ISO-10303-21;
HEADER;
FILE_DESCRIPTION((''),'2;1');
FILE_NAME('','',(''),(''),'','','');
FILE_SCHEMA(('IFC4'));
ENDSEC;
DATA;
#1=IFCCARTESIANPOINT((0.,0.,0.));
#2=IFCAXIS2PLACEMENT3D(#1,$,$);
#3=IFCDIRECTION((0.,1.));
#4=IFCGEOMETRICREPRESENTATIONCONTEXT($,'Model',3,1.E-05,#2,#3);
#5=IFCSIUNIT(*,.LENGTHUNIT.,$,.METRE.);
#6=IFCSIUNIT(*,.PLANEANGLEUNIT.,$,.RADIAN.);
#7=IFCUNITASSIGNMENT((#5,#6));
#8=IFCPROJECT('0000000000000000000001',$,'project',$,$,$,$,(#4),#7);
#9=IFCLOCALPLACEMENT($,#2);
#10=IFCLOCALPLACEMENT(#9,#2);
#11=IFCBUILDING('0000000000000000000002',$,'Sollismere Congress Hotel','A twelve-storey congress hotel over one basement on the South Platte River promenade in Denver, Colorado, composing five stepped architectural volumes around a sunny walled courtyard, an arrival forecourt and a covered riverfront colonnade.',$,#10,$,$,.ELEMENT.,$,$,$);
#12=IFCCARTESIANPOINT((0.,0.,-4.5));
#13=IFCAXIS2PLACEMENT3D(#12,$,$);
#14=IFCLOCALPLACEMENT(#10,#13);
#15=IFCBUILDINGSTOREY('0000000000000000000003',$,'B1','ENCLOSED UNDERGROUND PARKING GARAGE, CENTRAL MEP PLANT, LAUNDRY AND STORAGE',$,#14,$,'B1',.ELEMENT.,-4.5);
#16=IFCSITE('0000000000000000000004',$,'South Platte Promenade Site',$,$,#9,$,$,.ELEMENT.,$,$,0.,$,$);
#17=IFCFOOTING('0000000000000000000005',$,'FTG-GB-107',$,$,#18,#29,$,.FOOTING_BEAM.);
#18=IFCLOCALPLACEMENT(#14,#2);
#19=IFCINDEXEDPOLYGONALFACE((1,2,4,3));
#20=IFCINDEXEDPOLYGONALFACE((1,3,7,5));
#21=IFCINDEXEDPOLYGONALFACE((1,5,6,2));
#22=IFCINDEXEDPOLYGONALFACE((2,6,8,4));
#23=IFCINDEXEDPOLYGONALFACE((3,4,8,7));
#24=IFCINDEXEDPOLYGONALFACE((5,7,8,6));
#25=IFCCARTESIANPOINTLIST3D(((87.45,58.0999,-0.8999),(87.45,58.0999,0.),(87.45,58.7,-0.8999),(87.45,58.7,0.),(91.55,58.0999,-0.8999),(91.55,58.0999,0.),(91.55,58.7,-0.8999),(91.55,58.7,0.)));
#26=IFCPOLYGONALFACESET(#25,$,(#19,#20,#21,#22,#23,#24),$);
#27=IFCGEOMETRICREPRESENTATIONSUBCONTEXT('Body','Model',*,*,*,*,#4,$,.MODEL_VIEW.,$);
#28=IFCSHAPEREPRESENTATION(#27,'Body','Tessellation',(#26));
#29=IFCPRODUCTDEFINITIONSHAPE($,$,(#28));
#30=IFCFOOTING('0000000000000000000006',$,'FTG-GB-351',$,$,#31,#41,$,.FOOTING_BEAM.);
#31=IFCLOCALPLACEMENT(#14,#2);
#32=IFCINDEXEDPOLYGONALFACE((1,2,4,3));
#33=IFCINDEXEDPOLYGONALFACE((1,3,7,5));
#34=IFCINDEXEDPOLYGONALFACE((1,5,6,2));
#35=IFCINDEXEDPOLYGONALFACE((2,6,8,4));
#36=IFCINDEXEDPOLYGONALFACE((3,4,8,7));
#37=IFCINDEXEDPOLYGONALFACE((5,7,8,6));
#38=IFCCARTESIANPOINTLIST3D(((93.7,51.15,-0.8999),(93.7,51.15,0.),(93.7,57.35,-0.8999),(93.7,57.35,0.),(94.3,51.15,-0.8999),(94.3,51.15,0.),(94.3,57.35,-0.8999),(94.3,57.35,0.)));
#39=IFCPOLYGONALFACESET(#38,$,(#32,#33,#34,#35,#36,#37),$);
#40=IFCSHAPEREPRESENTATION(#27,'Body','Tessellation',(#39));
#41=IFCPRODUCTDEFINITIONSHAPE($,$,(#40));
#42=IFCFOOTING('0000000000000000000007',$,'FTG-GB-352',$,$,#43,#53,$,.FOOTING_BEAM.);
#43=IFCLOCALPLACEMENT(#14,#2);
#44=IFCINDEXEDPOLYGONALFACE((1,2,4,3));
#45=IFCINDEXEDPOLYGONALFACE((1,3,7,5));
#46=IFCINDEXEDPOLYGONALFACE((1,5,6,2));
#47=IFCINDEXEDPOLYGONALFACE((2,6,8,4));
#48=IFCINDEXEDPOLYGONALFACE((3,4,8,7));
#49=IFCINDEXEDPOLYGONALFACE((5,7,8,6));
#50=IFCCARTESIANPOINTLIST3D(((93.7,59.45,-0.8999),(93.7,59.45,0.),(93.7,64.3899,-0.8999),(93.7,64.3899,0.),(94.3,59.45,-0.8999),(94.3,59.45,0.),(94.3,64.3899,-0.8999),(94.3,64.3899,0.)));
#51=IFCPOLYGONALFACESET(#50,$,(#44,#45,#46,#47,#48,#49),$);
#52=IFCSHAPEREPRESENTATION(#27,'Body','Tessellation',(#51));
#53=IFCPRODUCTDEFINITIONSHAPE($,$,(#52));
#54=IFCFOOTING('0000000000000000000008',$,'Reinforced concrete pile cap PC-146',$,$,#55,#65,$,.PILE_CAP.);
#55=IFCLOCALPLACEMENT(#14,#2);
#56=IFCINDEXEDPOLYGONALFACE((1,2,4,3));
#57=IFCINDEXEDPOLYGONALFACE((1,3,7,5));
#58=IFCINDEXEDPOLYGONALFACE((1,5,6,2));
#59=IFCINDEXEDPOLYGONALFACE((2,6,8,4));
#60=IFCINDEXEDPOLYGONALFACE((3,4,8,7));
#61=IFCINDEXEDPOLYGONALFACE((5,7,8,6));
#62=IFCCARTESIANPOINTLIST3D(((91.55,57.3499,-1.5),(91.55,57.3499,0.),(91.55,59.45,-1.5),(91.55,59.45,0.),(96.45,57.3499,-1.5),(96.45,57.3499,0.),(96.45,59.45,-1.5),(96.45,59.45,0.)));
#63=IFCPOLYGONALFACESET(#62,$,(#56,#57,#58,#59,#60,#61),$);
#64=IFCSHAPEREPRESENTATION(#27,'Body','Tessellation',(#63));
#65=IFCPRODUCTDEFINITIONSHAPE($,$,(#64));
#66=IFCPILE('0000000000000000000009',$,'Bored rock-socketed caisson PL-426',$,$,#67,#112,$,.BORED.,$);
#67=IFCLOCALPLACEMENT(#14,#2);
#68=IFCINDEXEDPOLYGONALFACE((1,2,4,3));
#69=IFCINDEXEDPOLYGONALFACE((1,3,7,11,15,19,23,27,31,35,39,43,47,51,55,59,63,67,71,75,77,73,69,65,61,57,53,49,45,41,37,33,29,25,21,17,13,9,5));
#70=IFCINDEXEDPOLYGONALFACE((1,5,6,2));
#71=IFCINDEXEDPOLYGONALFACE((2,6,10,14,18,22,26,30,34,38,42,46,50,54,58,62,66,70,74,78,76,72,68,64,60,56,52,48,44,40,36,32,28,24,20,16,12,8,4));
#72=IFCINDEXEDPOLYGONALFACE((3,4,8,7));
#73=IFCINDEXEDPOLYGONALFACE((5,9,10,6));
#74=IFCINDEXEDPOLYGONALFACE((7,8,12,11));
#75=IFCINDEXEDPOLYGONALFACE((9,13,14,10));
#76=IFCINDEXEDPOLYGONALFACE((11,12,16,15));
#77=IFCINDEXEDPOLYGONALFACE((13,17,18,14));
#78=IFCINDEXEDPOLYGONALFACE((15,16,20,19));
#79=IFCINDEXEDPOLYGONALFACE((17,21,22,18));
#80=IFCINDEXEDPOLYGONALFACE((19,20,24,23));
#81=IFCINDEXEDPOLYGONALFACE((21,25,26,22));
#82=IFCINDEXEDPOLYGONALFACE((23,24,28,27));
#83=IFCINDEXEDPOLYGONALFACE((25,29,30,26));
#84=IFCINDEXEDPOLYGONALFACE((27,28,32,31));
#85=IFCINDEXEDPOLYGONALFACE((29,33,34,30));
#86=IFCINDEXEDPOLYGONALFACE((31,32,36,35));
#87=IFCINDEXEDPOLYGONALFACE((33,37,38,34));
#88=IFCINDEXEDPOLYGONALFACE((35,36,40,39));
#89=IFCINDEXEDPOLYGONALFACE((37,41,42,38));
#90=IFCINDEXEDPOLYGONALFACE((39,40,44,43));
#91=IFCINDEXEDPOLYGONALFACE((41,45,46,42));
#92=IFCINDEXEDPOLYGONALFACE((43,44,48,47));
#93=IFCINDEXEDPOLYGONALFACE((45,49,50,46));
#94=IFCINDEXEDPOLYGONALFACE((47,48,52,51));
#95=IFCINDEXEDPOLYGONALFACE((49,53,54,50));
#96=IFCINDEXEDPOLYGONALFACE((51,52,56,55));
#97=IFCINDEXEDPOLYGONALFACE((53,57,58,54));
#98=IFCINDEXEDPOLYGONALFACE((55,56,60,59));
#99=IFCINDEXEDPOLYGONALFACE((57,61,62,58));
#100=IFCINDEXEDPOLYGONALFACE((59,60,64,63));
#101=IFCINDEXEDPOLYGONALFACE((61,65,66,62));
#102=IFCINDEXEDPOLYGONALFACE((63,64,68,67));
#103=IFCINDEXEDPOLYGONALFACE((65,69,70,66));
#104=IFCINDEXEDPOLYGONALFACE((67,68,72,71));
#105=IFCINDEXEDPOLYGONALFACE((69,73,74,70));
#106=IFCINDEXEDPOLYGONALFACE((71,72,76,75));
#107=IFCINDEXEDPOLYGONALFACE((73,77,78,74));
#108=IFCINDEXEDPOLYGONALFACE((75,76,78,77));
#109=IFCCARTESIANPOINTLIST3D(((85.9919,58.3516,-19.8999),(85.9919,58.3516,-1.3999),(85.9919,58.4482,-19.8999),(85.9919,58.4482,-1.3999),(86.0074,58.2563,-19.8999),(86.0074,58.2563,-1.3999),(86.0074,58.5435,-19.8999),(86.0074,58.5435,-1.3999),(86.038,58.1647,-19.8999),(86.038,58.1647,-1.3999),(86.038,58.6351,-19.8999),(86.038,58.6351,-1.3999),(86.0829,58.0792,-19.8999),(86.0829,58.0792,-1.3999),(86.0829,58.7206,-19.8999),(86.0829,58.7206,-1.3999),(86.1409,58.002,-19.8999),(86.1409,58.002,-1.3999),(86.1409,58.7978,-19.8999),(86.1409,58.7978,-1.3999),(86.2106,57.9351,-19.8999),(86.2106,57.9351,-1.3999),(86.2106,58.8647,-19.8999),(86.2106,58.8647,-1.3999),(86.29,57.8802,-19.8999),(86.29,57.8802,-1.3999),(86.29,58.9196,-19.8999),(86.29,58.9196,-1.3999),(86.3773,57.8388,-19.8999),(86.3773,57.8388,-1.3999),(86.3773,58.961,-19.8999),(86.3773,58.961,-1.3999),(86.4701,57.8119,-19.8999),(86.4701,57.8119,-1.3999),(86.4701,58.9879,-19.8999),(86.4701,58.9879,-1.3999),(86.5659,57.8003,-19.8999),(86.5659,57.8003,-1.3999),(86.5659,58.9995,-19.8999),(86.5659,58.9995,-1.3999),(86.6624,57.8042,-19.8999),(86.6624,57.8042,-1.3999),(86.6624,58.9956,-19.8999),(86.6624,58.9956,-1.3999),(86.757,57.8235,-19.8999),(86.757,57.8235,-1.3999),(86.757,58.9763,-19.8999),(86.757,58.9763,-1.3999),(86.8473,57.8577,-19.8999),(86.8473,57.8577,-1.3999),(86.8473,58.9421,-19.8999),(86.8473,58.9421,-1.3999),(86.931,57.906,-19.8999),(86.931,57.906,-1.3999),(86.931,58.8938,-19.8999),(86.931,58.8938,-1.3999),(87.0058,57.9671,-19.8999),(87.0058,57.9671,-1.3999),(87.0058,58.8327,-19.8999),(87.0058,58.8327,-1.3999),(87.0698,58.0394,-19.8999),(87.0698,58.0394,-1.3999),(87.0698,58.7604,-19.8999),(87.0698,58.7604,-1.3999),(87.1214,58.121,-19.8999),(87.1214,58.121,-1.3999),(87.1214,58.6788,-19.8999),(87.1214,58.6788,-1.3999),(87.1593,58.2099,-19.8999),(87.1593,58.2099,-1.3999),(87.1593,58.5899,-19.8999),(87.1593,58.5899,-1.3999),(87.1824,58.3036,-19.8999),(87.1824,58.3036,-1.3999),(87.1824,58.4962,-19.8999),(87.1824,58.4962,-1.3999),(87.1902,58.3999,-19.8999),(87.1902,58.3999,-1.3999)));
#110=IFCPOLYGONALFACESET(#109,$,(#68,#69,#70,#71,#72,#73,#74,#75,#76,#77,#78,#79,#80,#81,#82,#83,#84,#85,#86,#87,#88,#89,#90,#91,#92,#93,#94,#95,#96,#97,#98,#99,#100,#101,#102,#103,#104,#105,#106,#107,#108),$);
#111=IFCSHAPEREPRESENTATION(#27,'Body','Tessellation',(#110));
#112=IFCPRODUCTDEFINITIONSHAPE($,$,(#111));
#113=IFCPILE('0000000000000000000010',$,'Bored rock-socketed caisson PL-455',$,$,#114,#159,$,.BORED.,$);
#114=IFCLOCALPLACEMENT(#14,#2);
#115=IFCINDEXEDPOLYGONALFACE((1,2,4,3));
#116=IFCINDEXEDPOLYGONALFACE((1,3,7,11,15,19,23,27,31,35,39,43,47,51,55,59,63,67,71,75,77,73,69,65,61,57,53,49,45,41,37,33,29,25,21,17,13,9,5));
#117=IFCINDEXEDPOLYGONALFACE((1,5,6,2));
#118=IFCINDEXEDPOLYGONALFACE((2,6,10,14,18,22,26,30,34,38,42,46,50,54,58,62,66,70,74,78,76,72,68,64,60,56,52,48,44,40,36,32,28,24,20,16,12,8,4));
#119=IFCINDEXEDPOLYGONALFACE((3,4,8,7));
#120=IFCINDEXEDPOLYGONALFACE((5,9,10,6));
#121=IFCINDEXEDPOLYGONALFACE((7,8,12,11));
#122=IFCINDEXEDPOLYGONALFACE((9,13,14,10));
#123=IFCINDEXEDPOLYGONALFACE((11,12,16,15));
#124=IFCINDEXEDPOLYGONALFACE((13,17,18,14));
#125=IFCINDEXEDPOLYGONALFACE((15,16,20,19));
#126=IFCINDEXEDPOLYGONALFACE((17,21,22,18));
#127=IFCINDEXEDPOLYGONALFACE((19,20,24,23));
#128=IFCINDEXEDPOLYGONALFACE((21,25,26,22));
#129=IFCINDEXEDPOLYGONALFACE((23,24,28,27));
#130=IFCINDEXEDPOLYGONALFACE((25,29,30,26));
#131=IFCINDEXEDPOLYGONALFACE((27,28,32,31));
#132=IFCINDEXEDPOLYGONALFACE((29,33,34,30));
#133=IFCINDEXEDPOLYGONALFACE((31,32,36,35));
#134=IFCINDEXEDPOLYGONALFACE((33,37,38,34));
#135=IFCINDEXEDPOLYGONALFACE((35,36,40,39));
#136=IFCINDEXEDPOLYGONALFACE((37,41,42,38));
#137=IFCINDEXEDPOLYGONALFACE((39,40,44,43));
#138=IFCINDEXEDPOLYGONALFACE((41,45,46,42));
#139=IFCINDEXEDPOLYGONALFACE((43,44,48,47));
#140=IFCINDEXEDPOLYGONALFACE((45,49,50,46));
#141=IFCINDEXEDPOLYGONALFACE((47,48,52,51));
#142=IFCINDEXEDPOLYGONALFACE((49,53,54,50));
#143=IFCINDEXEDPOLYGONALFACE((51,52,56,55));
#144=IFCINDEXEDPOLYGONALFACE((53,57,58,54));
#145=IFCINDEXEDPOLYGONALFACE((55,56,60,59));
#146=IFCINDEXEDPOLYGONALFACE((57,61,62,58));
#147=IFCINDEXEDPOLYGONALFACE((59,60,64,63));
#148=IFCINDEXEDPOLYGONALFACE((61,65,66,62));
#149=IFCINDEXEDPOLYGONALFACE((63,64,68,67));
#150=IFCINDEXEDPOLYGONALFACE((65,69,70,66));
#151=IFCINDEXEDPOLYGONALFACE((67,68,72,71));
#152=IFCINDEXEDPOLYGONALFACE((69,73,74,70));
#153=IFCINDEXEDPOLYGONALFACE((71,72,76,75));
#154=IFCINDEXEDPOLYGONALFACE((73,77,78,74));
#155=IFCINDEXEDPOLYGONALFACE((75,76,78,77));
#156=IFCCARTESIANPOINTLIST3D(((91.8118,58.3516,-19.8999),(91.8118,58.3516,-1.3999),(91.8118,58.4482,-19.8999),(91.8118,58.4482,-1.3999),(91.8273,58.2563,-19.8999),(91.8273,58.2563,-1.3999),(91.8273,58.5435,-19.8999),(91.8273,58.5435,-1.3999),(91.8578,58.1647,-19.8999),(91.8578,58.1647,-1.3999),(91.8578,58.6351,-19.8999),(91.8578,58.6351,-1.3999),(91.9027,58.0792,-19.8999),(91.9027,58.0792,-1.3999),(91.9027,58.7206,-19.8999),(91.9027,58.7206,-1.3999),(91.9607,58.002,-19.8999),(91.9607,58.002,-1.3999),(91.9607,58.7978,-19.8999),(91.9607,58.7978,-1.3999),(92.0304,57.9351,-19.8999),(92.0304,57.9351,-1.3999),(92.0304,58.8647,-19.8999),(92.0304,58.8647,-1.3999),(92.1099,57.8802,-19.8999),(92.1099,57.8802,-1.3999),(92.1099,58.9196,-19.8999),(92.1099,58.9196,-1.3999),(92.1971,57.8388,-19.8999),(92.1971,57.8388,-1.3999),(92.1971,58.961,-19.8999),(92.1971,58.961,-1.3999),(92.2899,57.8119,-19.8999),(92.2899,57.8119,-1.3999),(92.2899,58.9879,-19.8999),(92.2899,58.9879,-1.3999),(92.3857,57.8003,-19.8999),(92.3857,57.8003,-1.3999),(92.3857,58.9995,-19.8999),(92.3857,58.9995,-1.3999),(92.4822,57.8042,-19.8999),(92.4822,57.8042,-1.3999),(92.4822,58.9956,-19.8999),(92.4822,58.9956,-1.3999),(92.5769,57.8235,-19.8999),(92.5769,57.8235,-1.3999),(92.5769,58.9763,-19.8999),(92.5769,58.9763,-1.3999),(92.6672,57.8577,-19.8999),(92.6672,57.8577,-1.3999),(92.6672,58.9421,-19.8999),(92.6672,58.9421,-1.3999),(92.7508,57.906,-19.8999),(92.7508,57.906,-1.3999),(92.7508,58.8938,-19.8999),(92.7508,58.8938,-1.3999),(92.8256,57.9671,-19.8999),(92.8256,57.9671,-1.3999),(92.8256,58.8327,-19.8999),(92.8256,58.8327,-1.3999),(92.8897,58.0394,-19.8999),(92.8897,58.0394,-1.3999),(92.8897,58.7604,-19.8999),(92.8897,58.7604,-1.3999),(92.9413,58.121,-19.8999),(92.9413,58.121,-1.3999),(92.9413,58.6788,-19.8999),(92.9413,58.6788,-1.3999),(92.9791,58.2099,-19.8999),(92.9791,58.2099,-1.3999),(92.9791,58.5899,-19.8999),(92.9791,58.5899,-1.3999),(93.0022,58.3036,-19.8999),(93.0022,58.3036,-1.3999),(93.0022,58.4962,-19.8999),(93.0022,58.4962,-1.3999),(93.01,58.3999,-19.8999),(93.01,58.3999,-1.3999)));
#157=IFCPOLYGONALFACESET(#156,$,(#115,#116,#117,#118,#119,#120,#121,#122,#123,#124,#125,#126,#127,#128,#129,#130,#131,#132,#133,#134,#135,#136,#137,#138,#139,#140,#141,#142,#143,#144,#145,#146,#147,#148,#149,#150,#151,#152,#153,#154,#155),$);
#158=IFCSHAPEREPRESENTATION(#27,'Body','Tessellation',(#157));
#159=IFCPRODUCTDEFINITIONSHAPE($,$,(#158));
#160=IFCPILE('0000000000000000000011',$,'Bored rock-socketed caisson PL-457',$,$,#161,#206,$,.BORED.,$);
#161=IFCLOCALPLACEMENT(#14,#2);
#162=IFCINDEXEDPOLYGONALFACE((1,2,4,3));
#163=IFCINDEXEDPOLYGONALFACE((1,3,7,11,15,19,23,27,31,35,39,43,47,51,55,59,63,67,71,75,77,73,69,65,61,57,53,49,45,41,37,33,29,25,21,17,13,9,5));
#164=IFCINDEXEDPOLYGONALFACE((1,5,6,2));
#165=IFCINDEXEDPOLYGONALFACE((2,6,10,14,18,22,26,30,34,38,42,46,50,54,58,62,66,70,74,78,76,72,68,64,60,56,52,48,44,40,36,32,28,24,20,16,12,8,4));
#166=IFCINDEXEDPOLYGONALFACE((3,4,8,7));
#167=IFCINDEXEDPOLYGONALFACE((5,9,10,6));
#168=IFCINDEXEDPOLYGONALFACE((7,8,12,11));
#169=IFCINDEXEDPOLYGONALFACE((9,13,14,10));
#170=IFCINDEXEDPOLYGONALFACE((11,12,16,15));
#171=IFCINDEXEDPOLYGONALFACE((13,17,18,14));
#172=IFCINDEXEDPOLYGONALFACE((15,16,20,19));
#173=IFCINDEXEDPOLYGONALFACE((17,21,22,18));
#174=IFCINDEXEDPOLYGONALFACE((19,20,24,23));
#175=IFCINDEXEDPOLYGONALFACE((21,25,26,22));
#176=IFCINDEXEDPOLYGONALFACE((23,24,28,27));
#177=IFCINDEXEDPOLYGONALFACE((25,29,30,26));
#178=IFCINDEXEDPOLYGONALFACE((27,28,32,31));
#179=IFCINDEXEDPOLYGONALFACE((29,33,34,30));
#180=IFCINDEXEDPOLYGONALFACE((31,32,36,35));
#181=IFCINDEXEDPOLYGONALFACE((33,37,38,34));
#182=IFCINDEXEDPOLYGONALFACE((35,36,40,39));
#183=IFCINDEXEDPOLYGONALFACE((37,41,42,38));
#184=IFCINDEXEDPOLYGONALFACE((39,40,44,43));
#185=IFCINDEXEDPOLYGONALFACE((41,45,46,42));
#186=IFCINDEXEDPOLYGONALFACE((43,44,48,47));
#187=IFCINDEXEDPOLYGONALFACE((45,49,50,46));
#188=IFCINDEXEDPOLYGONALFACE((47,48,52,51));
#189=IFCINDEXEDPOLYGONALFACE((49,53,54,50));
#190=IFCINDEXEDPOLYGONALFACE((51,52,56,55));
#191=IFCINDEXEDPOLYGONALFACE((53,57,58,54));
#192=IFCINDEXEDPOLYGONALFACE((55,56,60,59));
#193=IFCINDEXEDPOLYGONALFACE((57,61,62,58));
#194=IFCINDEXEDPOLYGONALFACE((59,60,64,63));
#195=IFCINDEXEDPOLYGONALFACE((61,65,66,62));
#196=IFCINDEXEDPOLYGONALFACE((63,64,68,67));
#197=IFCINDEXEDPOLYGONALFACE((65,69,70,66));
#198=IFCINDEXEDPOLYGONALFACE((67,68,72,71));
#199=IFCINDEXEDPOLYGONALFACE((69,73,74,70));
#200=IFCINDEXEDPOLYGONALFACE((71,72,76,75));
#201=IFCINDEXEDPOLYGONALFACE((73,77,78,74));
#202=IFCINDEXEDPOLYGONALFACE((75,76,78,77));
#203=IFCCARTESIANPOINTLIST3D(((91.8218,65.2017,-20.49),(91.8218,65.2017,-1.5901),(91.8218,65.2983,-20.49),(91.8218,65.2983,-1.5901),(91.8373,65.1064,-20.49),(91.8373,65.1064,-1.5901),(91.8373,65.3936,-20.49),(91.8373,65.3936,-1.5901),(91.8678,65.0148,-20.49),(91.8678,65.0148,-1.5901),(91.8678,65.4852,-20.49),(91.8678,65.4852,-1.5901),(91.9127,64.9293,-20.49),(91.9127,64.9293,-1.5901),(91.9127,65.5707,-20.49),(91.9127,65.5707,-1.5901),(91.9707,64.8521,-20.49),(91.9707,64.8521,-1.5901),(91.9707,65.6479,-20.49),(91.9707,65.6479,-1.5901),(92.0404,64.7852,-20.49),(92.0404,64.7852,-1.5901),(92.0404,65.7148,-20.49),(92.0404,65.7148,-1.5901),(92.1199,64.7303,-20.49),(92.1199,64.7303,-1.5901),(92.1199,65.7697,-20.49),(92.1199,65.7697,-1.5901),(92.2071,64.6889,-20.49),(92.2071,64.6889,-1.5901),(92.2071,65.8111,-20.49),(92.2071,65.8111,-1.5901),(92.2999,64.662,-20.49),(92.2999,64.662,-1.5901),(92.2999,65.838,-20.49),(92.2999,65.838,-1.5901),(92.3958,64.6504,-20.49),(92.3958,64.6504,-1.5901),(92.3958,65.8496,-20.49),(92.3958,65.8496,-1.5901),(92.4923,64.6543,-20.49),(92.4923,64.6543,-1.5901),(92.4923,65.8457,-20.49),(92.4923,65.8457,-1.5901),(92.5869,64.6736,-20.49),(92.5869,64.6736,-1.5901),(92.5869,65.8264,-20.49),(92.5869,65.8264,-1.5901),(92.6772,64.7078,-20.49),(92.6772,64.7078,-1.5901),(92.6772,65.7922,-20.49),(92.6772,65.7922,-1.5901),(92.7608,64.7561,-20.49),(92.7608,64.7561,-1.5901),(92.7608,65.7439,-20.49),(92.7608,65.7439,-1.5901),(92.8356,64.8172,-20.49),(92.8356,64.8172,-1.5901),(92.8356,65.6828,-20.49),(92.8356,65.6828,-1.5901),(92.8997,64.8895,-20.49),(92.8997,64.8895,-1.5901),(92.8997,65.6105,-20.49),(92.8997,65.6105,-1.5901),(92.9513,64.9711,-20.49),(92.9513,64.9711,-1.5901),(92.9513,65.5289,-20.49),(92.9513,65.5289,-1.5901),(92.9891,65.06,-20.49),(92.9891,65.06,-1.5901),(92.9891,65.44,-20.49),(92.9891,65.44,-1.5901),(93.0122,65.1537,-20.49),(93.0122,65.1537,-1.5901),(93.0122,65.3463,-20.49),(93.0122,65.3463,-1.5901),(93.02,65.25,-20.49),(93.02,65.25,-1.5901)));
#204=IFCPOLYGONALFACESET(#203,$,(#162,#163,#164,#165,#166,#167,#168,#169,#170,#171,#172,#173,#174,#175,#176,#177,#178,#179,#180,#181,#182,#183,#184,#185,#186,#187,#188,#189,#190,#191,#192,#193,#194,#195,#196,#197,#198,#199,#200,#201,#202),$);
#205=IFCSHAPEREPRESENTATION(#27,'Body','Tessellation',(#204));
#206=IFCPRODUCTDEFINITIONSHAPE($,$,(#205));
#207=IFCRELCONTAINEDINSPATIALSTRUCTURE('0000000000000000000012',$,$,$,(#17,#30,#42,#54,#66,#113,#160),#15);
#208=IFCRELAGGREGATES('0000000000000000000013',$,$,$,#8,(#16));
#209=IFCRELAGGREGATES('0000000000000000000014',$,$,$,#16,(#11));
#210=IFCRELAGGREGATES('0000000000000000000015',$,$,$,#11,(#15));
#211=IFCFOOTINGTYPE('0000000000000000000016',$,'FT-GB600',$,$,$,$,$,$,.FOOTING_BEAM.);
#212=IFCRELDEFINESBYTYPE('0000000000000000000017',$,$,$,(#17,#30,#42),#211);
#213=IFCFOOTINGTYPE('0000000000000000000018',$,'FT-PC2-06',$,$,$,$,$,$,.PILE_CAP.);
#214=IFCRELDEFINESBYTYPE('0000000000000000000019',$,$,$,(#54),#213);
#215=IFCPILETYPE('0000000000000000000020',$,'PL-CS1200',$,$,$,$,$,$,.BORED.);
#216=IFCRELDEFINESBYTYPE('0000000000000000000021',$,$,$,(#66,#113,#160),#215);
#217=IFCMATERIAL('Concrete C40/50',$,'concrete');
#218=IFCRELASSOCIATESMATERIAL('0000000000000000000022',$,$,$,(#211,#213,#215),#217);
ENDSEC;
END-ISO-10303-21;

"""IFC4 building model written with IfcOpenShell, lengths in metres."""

from ifc_helpers import new_model, si_unit, direction, frame, origin, origin_2d, place, context, subcontext, project, spatial, rectangle, circle, extrude, material, material_profile, profile_set, type_object, element, save


model = new_model("IFC4")

# Units and contexts
model_context = context("Model", 3, precision=1e-05, world=origin(), true_north=direction((0.0, 1.0)))
body_context = subcontext(model_context, "Body", "Model", "MODEL_VIEW")
ifc_project = project(units=[si_unit("LENGTHUNIT", "METRE"), si_unit("PLANEANGLEUNIT", "RADIAN")], contexts=[model_context])

# Site, building, storey
site_placement = place(None, origin())
site = spatial("IfcSite", under=ifc_project, at=site_placement, Name="South Platte Promenade Site", CompositionType="ELEMENT", RefElevation=0.0)
building_placement = place(site_placement, origin())
building = spatial("IfcBuilding", under=site, at=building_placement, Name="Sollismere Congress Hotel", Description="A twelve-storey congress hotel over one basement on the South Platte River promenade in Denver, Colorado, composing five stepped architectural volumes around a sunny walled courtyard, an arrival forecourt and a covered riverfront colonnade.", CompositionType="ELEMENT")
storey_placement = place(building_placement, frame((0.0, 0.0, -4.5)))
storey = spatial("IfcBuildingStorey", under=building, at=storey_placement, Name="B1", Description="ENCLOSED UNDERGROUND PARKING GARAGE, CENTRAL MEP PLANT, LAUNDRY AND STORAGE", LongName="B1", CompositionType="ELEMENT", Elevation=-4.5)

# Footings
ifc_material_1 = material(Name="Concrete C40/50", Category="concrete")
footing_type_1 = type_object("IfcFootingType", Name="FT-GB600", PredefinedType="FOOTING_BEAM", material=ifc_material_1)
footing_1_placement = place(storey_placement, frame((89.5, 58.3999, -0.8999), z_axis=(0.0, 0.0, 1.0), x_axis=(1.0, 0.0, 0.0)))
element("IfcFooting", 1, at=footing_1_placement, inside=storey, type_object=footing_type_1, Name="FTG-GB-107", PredefinedType="FOOTING_BEAM", context=body_context, shape_type="SweptSolid", body=[
    extrude(rectangle(XDim=4.1001, YDim=0.6001, at=origin_2d()), origin(), (0.0, 0.0, 1.0), 0.8999),
])
footing_2_placement = place(storey_placement, frame((94.0, 54.25, -0.8999), z_axis=(0.0, 0.0, 1.0), x_axis=(0.0, 1.0, 0.0)))
element("IfcFooting", 2, at=footing_2_placement, inside=storey, type_object=footing_type_1, Name="FTG-GB-351", PredefinedType="FOOTING_BEAM", context=body_context, shape_type="SweptSolid", body=[
    extrude(rectangle(XDim=6.2, YDim=0.6001, at=origin_2d()), origin(), (0.0, 0.0, 1.0), 0.8999),
])
footing_3_placement = place(storey_placement, frame((94.0, 61.9199, -0.8999), z_axis=(0.0, 0.0, 1.0), x_axis=(0.0, 1.0, 0.0)))
element("IfcFooting", 3, at=footing_3_placement, inside=storey, type_object=footing_type_1, Name="FTG-GB-352", PredefinedType="FOOTING_BEAM", context=body_context, shape_type="SweptSolid", body=[
    extrude(rectangle(XDim=4.9399, YDim=0.6001, at=origin_2d()), origin(), (0.0, 0.0, 1.0), 0.8999),
])
footing_type_2 = type_object("IfcFootingType", Name="FT-PC2-06", PredefinedType="PILE_CAP", material=ifc_material_1)
footing_4_placement = place(storey_placement, frame((94.0, 58.3999, -1.5), z_axis=(0.0, 0.0, 1.0), x_axis=(1.0, 0.0, 0.0)))
element("IfcFooting", 4, at=footing_4_placement, inside=storey, type_object=footing_type_2, Name="Reinforced concrete pile cap PC-146", PredefinedType="PILE_CAP", context=body_context, shape_type="SweptSolid", body=[
    extrude(rectangle(XDim=4.8999, YDim=2.1001, at=origin_2d()), origin(), (0.0, 0.0, 1.0), 1.5),
])

# Piles
ifc_material_profile_1 = material_profile(ifc_material_1, circle(Radius=0.6001, at=origin_2d()), Name="CAISSON1200")
ifc_profile_set_1 = profile_set([ifc_material_profile_1], Name="Concrete C40/50")
pile_type = type_object("IfcPileType", Name="PL-CS1200", PredefinedType="BORED", material=ifc_profile_set_1)
for number, where, z_axis, x_axis, name in (
    (5, (86.5901, 58.3999, -1.3999), (0.0, 0.0, -1.0), (1.0, 0.0, 0.0), "Bored rock-socketed caisson PL-426"),
    (6, (92.4099, 58.3999, -1.3999), (0.0, 0.0, -1.0), (1.0, 0.0, 0.0), "Bored rock-socketed caisson PL-455"),
):
    element("IfcPile", number, at=place(storey_placement, frame(where, z_axis=z_axis, x_axis=x_axis)), inside=storey, type_object=pile_type, Name=name, PredefinedType="BORED", context=body_context, shape_type="SweptSolid", body=[
        extrude(circle(Radius=0.6001, at=origin_2d()), origin(), (0.0, 0.0, 1.0), 18.5),
    ])
pile_placement = place(storey_placement, frame((92.4199, 65.25, -1.5901), z_axis=(0.0, 0.0, -1.0), x_axis=(1.0, 0.0, 0.0)))
element("IfcPile", 7, at=pile_placement, inside=storey, type_object=pile_type, Name="Bored rock-socketed caisson PL-457", PredefinedType="BORED", context=body_context, shape_type="SweptSolid", body=[
    extrude(circle(Radius=0.6001, at=origin_2d()), origin(), (0.0, 0.0, 1.0), 18.8999),
])

save(model, "model.ifc")
